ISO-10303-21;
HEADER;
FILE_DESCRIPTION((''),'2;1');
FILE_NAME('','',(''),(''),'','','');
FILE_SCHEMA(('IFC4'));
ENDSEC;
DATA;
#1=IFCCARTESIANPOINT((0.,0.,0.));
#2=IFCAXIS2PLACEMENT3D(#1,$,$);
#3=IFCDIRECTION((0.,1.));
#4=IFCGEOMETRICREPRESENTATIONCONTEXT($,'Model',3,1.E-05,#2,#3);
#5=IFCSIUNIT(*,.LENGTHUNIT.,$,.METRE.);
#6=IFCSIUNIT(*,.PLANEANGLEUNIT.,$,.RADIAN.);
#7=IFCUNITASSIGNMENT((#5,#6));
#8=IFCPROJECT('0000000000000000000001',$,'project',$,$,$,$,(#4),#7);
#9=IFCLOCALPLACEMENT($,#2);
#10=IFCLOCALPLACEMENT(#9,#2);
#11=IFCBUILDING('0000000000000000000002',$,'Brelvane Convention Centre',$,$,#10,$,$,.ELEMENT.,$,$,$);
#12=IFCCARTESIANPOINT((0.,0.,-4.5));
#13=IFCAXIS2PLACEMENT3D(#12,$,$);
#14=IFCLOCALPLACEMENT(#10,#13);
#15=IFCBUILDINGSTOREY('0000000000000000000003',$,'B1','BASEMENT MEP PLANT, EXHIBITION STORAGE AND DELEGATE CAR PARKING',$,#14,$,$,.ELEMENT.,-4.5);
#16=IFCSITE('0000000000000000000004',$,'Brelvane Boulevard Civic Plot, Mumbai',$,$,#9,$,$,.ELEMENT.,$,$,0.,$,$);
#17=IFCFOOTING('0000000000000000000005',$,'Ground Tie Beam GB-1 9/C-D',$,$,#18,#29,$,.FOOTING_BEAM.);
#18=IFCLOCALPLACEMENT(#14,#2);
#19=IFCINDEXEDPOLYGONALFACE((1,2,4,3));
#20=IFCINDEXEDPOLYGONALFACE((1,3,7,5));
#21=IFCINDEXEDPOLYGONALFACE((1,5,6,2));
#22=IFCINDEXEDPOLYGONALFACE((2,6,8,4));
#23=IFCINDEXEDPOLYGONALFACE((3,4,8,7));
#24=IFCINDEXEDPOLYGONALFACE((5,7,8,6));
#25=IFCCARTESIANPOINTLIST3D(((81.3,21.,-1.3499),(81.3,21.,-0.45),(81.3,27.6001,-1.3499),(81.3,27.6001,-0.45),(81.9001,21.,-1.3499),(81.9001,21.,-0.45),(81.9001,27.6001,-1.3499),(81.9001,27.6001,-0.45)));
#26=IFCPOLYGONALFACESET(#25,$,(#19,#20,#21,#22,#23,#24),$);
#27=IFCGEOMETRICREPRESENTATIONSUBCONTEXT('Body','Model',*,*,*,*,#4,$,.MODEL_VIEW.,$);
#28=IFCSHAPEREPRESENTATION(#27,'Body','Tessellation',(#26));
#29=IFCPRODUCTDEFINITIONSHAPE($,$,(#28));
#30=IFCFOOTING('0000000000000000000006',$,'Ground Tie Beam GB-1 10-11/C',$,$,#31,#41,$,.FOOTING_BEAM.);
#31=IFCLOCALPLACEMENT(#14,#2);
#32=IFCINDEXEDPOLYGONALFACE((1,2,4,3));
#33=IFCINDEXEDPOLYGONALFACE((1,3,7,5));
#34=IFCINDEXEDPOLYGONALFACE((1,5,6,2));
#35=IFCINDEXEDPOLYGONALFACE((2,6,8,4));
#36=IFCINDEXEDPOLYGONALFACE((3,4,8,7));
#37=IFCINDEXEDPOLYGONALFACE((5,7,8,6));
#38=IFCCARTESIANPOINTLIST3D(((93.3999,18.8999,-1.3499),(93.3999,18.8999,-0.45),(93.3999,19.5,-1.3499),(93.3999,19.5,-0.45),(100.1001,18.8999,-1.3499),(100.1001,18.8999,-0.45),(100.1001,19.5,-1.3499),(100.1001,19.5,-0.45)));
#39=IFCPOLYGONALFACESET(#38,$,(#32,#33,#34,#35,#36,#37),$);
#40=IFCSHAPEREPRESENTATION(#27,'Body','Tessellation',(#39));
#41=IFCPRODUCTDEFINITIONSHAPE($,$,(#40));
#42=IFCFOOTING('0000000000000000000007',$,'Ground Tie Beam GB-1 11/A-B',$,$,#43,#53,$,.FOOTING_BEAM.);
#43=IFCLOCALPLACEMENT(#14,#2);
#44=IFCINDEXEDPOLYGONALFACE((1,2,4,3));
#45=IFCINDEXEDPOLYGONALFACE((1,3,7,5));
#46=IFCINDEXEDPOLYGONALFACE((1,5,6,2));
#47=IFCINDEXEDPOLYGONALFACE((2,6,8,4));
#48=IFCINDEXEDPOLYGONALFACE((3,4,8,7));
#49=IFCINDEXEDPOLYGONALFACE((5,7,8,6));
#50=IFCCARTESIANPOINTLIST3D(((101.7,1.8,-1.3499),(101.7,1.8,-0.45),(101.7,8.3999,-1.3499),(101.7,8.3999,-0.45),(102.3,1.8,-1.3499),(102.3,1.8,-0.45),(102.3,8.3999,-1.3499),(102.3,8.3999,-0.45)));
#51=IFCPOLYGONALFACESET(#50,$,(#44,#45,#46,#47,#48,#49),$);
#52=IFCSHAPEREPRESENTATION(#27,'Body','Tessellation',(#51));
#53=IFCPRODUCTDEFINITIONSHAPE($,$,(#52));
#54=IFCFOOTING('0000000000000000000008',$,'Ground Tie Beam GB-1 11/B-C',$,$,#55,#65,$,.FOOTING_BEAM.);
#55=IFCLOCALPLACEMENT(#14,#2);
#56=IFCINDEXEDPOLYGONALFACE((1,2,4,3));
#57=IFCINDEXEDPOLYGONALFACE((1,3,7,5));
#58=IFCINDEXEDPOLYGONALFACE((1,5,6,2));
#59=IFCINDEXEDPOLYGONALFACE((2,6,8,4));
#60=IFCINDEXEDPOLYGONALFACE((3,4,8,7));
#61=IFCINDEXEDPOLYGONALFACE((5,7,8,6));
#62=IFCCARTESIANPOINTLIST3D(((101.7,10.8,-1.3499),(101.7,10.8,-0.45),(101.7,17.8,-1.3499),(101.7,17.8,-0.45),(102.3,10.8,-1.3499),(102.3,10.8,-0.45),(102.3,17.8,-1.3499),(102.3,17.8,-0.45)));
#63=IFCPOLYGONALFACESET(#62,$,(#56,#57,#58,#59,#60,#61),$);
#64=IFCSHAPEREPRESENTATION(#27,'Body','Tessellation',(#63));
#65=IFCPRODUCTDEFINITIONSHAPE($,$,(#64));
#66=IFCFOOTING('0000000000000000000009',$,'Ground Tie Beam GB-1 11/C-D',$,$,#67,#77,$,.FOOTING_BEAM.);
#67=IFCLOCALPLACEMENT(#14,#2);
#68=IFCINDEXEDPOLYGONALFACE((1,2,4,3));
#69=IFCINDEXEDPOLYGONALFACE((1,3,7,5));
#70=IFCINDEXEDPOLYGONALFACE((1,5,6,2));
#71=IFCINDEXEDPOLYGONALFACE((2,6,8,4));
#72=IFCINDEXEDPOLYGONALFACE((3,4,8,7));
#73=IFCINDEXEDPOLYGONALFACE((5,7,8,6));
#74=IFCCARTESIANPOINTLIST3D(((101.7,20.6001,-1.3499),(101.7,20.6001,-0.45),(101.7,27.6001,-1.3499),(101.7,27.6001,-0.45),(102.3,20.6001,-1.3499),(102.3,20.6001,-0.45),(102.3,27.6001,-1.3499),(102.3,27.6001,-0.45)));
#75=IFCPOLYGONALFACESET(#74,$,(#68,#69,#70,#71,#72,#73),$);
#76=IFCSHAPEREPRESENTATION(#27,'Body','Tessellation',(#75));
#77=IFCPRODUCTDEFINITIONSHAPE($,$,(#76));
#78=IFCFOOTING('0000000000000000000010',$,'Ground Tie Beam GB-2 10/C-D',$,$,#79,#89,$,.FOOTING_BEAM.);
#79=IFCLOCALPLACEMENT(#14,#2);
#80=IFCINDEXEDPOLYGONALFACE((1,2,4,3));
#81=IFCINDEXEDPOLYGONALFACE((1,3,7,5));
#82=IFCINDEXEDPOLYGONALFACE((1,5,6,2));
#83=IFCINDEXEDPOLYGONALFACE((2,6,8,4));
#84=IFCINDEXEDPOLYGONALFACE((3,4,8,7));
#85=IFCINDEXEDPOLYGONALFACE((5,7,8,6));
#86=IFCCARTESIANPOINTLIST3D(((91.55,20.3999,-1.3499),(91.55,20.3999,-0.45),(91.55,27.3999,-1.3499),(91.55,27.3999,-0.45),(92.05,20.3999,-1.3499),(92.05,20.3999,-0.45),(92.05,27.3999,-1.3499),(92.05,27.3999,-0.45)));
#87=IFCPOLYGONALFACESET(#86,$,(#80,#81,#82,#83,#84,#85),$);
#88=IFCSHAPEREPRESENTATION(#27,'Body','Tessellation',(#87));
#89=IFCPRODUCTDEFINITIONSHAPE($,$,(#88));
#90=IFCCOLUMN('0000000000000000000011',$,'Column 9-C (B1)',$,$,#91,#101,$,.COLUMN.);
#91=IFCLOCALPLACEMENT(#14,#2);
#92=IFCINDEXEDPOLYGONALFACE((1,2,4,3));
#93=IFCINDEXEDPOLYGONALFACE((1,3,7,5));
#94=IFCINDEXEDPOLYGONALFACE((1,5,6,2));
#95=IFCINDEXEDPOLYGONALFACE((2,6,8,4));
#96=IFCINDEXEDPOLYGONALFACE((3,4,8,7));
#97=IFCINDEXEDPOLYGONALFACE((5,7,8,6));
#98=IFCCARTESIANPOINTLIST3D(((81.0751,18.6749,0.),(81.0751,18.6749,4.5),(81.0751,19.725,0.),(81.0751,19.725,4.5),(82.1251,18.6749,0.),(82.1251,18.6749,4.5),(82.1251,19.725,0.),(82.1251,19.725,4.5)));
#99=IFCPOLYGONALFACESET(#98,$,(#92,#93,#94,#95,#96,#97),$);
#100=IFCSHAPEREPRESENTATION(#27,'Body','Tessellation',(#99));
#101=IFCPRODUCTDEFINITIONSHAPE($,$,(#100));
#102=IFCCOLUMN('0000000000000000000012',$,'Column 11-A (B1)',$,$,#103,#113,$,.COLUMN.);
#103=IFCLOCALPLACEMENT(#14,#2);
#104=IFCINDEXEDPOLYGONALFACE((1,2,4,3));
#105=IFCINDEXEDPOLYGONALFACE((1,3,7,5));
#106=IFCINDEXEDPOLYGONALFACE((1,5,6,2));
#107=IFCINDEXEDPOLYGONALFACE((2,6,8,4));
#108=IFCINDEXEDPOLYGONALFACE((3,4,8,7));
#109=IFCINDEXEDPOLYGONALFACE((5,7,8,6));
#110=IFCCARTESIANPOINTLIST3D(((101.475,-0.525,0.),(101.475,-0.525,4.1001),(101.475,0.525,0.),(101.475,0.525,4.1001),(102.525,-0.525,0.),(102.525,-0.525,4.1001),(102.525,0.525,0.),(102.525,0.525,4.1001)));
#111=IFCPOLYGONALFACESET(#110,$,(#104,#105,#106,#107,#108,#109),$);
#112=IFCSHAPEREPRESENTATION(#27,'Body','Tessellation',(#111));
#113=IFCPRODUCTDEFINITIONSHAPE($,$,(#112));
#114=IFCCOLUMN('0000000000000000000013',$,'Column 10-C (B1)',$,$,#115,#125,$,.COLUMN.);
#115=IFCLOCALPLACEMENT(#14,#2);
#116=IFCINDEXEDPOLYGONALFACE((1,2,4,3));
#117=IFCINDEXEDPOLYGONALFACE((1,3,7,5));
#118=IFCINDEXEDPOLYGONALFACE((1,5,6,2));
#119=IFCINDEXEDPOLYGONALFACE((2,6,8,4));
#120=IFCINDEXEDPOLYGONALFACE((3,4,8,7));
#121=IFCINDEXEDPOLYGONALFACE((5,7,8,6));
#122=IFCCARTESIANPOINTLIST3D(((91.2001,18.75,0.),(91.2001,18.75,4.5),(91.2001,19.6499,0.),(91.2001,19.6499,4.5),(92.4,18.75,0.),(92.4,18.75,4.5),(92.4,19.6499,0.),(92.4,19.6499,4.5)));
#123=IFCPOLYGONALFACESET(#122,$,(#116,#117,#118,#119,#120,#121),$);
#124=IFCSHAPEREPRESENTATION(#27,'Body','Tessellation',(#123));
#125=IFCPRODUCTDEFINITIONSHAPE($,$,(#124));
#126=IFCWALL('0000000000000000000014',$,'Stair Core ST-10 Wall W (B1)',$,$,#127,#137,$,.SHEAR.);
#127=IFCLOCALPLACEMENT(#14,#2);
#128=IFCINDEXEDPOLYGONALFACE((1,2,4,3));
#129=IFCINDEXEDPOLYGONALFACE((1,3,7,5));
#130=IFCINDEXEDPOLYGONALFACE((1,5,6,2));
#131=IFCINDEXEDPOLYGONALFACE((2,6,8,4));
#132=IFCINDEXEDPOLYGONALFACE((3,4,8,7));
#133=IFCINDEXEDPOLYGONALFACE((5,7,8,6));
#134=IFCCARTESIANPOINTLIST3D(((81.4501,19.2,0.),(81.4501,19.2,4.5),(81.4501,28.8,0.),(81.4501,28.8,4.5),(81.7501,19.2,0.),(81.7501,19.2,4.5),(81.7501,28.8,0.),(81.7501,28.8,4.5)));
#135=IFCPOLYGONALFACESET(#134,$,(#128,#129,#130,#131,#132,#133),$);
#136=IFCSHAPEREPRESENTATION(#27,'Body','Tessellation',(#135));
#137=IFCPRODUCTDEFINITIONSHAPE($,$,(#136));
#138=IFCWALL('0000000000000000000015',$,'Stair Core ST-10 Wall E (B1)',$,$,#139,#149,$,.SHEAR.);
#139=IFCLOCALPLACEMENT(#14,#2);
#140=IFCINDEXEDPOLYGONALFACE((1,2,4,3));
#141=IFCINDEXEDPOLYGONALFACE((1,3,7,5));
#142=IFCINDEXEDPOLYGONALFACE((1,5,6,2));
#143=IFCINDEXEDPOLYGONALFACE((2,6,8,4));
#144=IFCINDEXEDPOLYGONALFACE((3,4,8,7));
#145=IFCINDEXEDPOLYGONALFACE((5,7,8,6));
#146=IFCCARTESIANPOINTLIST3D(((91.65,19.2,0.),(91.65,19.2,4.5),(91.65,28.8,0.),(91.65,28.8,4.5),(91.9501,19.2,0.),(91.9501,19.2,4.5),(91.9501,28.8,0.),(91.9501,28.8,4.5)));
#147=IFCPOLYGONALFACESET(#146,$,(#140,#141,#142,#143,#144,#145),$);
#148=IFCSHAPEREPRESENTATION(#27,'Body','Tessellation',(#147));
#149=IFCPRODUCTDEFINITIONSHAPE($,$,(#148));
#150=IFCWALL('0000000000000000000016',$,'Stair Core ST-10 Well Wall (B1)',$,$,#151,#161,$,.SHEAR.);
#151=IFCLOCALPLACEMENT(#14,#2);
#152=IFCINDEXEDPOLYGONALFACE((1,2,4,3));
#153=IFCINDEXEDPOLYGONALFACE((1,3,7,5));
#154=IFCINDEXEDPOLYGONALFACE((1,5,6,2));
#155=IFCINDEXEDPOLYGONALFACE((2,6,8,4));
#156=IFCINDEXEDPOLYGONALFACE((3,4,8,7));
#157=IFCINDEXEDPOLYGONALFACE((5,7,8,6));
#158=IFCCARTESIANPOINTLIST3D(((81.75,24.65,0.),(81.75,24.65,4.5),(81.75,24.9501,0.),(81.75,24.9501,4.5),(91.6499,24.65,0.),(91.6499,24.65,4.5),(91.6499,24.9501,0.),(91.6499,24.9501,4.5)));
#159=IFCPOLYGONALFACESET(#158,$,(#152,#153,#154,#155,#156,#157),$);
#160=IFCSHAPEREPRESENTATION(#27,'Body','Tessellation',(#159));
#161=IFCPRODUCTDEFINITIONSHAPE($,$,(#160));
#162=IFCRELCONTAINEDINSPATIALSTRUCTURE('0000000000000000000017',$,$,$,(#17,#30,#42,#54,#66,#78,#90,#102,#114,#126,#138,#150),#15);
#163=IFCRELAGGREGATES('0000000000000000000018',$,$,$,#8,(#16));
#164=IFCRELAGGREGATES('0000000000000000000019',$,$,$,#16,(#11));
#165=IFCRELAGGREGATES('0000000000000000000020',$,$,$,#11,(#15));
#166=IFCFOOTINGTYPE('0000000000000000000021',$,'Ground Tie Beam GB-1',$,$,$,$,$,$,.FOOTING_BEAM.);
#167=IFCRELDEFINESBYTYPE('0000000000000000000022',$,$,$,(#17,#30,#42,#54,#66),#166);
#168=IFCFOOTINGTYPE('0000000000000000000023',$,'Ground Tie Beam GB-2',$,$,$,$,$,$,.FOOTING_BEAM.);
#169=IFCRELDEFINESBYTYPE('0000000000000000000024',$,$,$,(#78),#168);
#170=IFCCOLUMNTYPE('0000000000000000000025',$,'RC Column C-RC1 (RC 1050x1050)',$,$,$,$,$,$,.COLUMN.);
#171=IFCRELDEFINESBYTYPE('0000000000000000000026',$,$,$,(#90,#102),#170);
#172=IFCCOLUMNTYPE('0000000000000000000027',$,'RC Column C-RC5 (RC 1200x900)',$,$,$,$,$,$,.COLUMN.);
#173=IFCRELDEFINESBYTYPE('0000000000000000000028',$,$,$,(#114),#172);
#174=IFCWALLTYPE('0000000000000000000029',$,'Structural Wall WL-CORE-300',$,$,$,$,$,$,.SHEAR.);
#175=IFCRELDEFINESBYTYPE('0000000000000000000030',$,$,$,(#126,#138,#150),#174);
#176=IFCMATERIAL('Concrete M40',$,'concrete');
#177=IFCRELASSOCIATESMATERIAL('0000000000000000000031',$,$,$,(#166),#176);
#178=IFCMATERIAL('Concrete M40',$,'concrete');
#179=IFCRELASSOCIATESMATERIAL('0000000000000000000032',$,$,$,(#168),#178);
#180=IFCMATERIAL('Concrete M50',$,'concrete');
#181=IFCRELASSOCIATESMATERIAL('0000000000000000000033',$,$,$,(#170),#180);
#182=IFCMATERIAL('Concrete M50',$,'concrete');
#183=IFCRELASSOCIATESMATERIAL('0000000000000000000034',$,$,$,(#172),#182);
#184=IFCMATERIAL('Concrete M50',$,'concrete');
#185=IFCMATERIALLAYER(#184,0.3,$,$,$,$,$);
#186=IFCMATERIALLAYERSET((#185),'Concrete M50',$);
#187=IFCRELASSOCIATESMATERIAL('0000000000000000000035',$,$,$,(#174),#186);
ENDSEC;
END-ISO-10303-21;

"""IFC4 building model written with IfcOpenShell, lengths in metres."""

from ifc_helpers import new_model, si_unit, direction, frame, frame_2d, origin, origin_2d, place, context, subcontext, project, spatial, rectangle, extrude, material, layer, layer_set, material_profile, profile_set, type_object, element, save


model = new_model("IFC4")

# Units and contexts
model_context = context("Model", 3, precision=1e-05, world=origin(), true_north=direction((0.0, 1.0)))
body_context = subcontext(model_context, "Body", "Model", "MODEL_VIEW")
ifc_project = project(units=[si_unit("LENGTHUNIT", "METRE"), si_unit("PLANEANGLEUNIT", "RADIAN")], contexts=[model_context])

# Site, building, storey
site_placement = place(None, origin())
site = spatial("IfcSite", under=ifc_project, at=site_placement, Name="Brelvane Boulevard Civic Plot, Mumbai", CompositionType="ELEMENT", RefElevation=0.0)
building_placement = place(site_placement, origin())
building = spatial("IfcBuilding", under=site, at=building_placement, Name="Brelvane Convention Centre", CompositionType="ELEMENT")
storey_placement = place(building_placement, frame((0.0, 0.0, -4.5)))
storey = spatial("IfcBuildingStorey", under=building, at=storey_placement, Name="B1", Description="BASEMENT MEP PLANT, EXHIBITION STORAGE AND DELEGATE CAR PARKING", CompositionType="ELEMENT", Elevation=-4.5)

# Footings
ifc_material_1 = material(Name="Concrete M40", Category="concrete")
ifc_material_profile_1 = material_profile(ifc_material_1, rectangle(XDim=0.6001, YDim=0.8999, at=origin_2d()), Name="RC 600x900")
ifc_profile_set_1 = profile_set([ifc_material_profile_1], Name="Concrete M40")
footing_type_1 = type_object("IfcFootingType", Name="Ground Tie Beam GB-1", PredefinedType="FOOTING_BEAM", material=ifc_profile_set_1)
footing_1_placement = place(storey_placement, frame((81.6001, 21.0, -0.8999), z_axis=(0.0, 1.0, 0.0), x_axis=(-1.0, 0.0, 0.0)))
element("IfcFooting", 1, at=footing_1_placement, inside=storey, type_object=footing_type_1, Name="Ground Tie Beam GB-1 9/C-D", PredefinedType="FOOTING_BEAM", context=body_context, shape_type="SweptSolid", body=[
    extrude(rectangle(XDim=0.6001, YDim=0.8999, at=origin_2d()), origin(), (0.0, 0.0, 1.0), 6.6001),
])
footing_2_placement = place(storey_placement, frame((93.3999, 19.2, -0.8999), z_axis=(1.0, 0.0, 0.0), x_axis=(0.0, 1.0, 0.0)))
element("IfcFooting", 2, at=footing_2_placement, inside=storey, type_object=footing_type_1, Name="Ground Tie Beam GB-1 10-11/C", PredefinedType="FOOTING_BEAM", context=body_context, shape_type="SweptSolid", body=[
    extrude(rectangle(XDim=0.6001, YDim=0.8999, at=origin_2d()), origin(), (0.0, 0.0, 1.0), 6.7002),
])
footing_3_placement = place(storey_placement, frame((102.0, 1.8, -0.8999), z_axis=(0.0, 1.0, 0.0), x_axis=(-1.0, 0.0, 0.0)))
element("IfcFooting", 3, at=footing_3_placement, inside=storey, type_object=footing_type_1, Name="Ground Tie Beam GB-1 11/A-B", PredefinedType="FOOTING_BEAM", context=body_context, shape_type="SweptSolid", body=[
    extrude(rectangle(XDim=0.6001, YDim=0.8999, at=origin_2d()), origin(), (0.0, 0.0, 1.0), 6.5999),
])
for number, where, z_axis, x_axis, name in (
    (4, (102.0, 10.8, -0.8999), (0.0, 1.0, 0.0), (-1.0, 0.0, 0.0), "Ground Tie Beam GB-1 11/B-C"),
    (5, (102.0, 20.6001, -0.8999), (0.0, 1.0, 0.0), (-1.0, 0.0, 0.0), "Ground Tie Beam GB-1 11/C-D"),
):
    element("IfcFooting", number, at=place(storey_placement, frame(where, z_axis=z_axis, x_axis=x_axis)), inside=storey, type_object=footing_type_1, Name=name, PredefinedType="FOOTING_BEAM", context=body_context, shape_type="SweptSolid", body=[
        extrude(rectangle(XDim=0.6001, YDim=0.8999, at=origin_2d()), origin(), (0.0, 0.0, 1.0), 7.0),
    ])
ifc_material_2 = material(Name="Concrete M40", Category="concrete")
ifc_material_profile_2 = material_profile(ifc_material_2, rectangle(XDim=0.5, YDim=0.8999, at=origin_2d()), Name="RC 500x900")
ifc_profile_set_2 = profile_set([ifc_material_profile_2], Name="Concrete M40")
footing_type_2 = type_object("IfcFootingType", Name="Ground Tie Beam GB-2", PredefinedType="FOOTING_BEAM", material=ifc_profile_set_2)
footing_4_placement = place(storey_placement, frame((91.8, 20.3999, -0.8999), z_axis=(0.0, 1.0, 0.0), x_axis=(-1.0, 0.0, 0.0)))
element("IfcFooting", 6, at=footing_4_placement, inside=storey, type_object=footing_type_2, Name="Ground Tie Beam GB-2 10/C-D", PredefinedType="FOOTING_BEAM", context=body_context, shape_type="SweptSolid", body=[
    extrude(rectangle(XDim=0.5, YDim=0.8999, at=origin_2d()), origin(), (0.0, 0.0, 1.0), 7.0),
])

# Columns
ifc_material_3 = material(Name="Concrete M50", Category="concrete")
ifc_material_profile_3 = material_profile(ifc_material_3, rectangle(XDim=1.05, YDim=1.05, at=origin_2d()), Name="RC 1050x1050")
ifc_profile_set_3 = profile_set([ifc_material_profile_3], Name="Concrete M50")
column_type_1 = type_object("IfcColumnType", Name="RC Column C-RC1 (RC 1050x1050)", PredefinedType="COLUMN", material=ifc_profile_set_3)
column_1_placement = place(storey_placement, frame((81.6001, 19.2, 0.0), z_axis=(0.0, 0.0, 1.0), x_axis=(1.0, 0.0, 0.0)))
element("IfcColumn", 7, at=column_1_placement, inside=storey, type_object=column_type_1, Name="Column 9-C (B1)", PredefinedType="COLUMN", context=body_context, shape_type="SweptSolid", body=[
    extrude(rectangle(XDim=1.05, YDim=1.05, at=origin_2d()), origin(), (0.0, 0.0, 1.0), 4.5),
])
column_2_placement = place(storey_placement, frame((102.0, 0.0, 0.0), z_axis=(0.0, 0.0, 1.0), x_axis=(1.0, 0.0, 0.0)))
element("IfcColumn", 8, at=column_2_placement, inside=storey, type_object=column_type_1, Name="Column 11-A (B1)", PredefinedType="COLUMN", context=body_context, shape_type="SweptSolid", body=[
    extrude(rectangle(XDim=1.05, YDim=1.05, at=origin_2d()), origin(), (0.0, 0.0, 1.0), 4.1001),
])
ifc_material_4 = material(Name="Concrete M50", Category="concrete")
ifc_material_profile_4 = material_profile(ifc_material_4, rectangle(XDim=1.2, YDim=0.8999, at=origin_2d()), Name="RC 1200x900")
ifc_profile_set_4 = profile_set([ifc_material_profile_4], Name="Concrete M50")
column_type_2 = type_object("IfcColumnType", Name="RC Column C-RC5 (RC 1200x900)", PredefinedType="COLUMN", material=ifc_profile_set_4)
column_3_placement = place(storey_placement, frame((91.8, 19.2, 0.0), z_axis=(0.0, 0.0, 1.0), x_axis=(1.0, 0.0, 0.0)))
element("IfcColumn", 9, at=column_3_placement, inside=storey, type_object=column_type_2, Name="Column 10-C (B1)", PredefinedType="COLUMN", context=body_context, shape_type="SweptSolid", body=[
    extrude(rectangle(XDim=1.2, YDim=0.8999, at=origin_2d()), origin(), (0.0, 0.0, 1.0), 4.5),
])

# Walls
ifc_material_5 = material(Name="Concrete M50", Category="concrete")
ifc_layer = layer(ifc_material_5, 0.3)
ifc_layer_set = layer_set([ifc_layer], Name="Concrete M50")
wall_type = type_object("IfcWallType", Name="Structural Wall WL-CORE-300", PredefinedType="SHEAR", material=ifc_layer_set)
for number, where, z_axis, x_axis, name in (
    (10, (81.6001, 19.2, 0.0), (0.0, 0.0, 1.0), (0.0, 1.0, 0.0), "Stair Core ST-10 Wall W (B1)"),
    (11, (91.8, 19.2, 0.0), (0.0, 0.0, 1.0), (0.0, 1.0, 0.0), "Stair Core ST-10 Wall E (B1)"),
):
    element("IfcWall", number, at=place(storey_placement, frame(where, z_axis=z_axis, x_axis=x_axis)), inside=storey, type_object=wall_type, Name=name, PredefinedType="SHEAR", context=body_context, shape_type="SweptSolid", body=[
        extrude(rectangle(XDim=9.6001, YDim=0.3, at=frame_2d((4.8, 0.0))), origin(), (0.0, 0.0, 1.0), 4.5),
    ])
wall_placement = place(storey_placement, frame((81.75, 24.8, 0.0), z_axis=(0.0, 0.0, 1.0), x_axis=(1.0, 0.0, 0.0)))
element("IfcWall", 12, at=wall_placement, inside=storey, type_object=wall_type, Name="Stair Core ST-10 Well Wall (B1)", PredefinedType="SHEAR", context=body_context, shape_type="SweptSolid", body=[
    extrude(rectangle(XDim=9.8999, YDim=0.3, at=frame_2d((4.95, 0.0))), origin(), (0.0, 0.0, 1.0), 4.5),
])

save(model, "model.ifc")
